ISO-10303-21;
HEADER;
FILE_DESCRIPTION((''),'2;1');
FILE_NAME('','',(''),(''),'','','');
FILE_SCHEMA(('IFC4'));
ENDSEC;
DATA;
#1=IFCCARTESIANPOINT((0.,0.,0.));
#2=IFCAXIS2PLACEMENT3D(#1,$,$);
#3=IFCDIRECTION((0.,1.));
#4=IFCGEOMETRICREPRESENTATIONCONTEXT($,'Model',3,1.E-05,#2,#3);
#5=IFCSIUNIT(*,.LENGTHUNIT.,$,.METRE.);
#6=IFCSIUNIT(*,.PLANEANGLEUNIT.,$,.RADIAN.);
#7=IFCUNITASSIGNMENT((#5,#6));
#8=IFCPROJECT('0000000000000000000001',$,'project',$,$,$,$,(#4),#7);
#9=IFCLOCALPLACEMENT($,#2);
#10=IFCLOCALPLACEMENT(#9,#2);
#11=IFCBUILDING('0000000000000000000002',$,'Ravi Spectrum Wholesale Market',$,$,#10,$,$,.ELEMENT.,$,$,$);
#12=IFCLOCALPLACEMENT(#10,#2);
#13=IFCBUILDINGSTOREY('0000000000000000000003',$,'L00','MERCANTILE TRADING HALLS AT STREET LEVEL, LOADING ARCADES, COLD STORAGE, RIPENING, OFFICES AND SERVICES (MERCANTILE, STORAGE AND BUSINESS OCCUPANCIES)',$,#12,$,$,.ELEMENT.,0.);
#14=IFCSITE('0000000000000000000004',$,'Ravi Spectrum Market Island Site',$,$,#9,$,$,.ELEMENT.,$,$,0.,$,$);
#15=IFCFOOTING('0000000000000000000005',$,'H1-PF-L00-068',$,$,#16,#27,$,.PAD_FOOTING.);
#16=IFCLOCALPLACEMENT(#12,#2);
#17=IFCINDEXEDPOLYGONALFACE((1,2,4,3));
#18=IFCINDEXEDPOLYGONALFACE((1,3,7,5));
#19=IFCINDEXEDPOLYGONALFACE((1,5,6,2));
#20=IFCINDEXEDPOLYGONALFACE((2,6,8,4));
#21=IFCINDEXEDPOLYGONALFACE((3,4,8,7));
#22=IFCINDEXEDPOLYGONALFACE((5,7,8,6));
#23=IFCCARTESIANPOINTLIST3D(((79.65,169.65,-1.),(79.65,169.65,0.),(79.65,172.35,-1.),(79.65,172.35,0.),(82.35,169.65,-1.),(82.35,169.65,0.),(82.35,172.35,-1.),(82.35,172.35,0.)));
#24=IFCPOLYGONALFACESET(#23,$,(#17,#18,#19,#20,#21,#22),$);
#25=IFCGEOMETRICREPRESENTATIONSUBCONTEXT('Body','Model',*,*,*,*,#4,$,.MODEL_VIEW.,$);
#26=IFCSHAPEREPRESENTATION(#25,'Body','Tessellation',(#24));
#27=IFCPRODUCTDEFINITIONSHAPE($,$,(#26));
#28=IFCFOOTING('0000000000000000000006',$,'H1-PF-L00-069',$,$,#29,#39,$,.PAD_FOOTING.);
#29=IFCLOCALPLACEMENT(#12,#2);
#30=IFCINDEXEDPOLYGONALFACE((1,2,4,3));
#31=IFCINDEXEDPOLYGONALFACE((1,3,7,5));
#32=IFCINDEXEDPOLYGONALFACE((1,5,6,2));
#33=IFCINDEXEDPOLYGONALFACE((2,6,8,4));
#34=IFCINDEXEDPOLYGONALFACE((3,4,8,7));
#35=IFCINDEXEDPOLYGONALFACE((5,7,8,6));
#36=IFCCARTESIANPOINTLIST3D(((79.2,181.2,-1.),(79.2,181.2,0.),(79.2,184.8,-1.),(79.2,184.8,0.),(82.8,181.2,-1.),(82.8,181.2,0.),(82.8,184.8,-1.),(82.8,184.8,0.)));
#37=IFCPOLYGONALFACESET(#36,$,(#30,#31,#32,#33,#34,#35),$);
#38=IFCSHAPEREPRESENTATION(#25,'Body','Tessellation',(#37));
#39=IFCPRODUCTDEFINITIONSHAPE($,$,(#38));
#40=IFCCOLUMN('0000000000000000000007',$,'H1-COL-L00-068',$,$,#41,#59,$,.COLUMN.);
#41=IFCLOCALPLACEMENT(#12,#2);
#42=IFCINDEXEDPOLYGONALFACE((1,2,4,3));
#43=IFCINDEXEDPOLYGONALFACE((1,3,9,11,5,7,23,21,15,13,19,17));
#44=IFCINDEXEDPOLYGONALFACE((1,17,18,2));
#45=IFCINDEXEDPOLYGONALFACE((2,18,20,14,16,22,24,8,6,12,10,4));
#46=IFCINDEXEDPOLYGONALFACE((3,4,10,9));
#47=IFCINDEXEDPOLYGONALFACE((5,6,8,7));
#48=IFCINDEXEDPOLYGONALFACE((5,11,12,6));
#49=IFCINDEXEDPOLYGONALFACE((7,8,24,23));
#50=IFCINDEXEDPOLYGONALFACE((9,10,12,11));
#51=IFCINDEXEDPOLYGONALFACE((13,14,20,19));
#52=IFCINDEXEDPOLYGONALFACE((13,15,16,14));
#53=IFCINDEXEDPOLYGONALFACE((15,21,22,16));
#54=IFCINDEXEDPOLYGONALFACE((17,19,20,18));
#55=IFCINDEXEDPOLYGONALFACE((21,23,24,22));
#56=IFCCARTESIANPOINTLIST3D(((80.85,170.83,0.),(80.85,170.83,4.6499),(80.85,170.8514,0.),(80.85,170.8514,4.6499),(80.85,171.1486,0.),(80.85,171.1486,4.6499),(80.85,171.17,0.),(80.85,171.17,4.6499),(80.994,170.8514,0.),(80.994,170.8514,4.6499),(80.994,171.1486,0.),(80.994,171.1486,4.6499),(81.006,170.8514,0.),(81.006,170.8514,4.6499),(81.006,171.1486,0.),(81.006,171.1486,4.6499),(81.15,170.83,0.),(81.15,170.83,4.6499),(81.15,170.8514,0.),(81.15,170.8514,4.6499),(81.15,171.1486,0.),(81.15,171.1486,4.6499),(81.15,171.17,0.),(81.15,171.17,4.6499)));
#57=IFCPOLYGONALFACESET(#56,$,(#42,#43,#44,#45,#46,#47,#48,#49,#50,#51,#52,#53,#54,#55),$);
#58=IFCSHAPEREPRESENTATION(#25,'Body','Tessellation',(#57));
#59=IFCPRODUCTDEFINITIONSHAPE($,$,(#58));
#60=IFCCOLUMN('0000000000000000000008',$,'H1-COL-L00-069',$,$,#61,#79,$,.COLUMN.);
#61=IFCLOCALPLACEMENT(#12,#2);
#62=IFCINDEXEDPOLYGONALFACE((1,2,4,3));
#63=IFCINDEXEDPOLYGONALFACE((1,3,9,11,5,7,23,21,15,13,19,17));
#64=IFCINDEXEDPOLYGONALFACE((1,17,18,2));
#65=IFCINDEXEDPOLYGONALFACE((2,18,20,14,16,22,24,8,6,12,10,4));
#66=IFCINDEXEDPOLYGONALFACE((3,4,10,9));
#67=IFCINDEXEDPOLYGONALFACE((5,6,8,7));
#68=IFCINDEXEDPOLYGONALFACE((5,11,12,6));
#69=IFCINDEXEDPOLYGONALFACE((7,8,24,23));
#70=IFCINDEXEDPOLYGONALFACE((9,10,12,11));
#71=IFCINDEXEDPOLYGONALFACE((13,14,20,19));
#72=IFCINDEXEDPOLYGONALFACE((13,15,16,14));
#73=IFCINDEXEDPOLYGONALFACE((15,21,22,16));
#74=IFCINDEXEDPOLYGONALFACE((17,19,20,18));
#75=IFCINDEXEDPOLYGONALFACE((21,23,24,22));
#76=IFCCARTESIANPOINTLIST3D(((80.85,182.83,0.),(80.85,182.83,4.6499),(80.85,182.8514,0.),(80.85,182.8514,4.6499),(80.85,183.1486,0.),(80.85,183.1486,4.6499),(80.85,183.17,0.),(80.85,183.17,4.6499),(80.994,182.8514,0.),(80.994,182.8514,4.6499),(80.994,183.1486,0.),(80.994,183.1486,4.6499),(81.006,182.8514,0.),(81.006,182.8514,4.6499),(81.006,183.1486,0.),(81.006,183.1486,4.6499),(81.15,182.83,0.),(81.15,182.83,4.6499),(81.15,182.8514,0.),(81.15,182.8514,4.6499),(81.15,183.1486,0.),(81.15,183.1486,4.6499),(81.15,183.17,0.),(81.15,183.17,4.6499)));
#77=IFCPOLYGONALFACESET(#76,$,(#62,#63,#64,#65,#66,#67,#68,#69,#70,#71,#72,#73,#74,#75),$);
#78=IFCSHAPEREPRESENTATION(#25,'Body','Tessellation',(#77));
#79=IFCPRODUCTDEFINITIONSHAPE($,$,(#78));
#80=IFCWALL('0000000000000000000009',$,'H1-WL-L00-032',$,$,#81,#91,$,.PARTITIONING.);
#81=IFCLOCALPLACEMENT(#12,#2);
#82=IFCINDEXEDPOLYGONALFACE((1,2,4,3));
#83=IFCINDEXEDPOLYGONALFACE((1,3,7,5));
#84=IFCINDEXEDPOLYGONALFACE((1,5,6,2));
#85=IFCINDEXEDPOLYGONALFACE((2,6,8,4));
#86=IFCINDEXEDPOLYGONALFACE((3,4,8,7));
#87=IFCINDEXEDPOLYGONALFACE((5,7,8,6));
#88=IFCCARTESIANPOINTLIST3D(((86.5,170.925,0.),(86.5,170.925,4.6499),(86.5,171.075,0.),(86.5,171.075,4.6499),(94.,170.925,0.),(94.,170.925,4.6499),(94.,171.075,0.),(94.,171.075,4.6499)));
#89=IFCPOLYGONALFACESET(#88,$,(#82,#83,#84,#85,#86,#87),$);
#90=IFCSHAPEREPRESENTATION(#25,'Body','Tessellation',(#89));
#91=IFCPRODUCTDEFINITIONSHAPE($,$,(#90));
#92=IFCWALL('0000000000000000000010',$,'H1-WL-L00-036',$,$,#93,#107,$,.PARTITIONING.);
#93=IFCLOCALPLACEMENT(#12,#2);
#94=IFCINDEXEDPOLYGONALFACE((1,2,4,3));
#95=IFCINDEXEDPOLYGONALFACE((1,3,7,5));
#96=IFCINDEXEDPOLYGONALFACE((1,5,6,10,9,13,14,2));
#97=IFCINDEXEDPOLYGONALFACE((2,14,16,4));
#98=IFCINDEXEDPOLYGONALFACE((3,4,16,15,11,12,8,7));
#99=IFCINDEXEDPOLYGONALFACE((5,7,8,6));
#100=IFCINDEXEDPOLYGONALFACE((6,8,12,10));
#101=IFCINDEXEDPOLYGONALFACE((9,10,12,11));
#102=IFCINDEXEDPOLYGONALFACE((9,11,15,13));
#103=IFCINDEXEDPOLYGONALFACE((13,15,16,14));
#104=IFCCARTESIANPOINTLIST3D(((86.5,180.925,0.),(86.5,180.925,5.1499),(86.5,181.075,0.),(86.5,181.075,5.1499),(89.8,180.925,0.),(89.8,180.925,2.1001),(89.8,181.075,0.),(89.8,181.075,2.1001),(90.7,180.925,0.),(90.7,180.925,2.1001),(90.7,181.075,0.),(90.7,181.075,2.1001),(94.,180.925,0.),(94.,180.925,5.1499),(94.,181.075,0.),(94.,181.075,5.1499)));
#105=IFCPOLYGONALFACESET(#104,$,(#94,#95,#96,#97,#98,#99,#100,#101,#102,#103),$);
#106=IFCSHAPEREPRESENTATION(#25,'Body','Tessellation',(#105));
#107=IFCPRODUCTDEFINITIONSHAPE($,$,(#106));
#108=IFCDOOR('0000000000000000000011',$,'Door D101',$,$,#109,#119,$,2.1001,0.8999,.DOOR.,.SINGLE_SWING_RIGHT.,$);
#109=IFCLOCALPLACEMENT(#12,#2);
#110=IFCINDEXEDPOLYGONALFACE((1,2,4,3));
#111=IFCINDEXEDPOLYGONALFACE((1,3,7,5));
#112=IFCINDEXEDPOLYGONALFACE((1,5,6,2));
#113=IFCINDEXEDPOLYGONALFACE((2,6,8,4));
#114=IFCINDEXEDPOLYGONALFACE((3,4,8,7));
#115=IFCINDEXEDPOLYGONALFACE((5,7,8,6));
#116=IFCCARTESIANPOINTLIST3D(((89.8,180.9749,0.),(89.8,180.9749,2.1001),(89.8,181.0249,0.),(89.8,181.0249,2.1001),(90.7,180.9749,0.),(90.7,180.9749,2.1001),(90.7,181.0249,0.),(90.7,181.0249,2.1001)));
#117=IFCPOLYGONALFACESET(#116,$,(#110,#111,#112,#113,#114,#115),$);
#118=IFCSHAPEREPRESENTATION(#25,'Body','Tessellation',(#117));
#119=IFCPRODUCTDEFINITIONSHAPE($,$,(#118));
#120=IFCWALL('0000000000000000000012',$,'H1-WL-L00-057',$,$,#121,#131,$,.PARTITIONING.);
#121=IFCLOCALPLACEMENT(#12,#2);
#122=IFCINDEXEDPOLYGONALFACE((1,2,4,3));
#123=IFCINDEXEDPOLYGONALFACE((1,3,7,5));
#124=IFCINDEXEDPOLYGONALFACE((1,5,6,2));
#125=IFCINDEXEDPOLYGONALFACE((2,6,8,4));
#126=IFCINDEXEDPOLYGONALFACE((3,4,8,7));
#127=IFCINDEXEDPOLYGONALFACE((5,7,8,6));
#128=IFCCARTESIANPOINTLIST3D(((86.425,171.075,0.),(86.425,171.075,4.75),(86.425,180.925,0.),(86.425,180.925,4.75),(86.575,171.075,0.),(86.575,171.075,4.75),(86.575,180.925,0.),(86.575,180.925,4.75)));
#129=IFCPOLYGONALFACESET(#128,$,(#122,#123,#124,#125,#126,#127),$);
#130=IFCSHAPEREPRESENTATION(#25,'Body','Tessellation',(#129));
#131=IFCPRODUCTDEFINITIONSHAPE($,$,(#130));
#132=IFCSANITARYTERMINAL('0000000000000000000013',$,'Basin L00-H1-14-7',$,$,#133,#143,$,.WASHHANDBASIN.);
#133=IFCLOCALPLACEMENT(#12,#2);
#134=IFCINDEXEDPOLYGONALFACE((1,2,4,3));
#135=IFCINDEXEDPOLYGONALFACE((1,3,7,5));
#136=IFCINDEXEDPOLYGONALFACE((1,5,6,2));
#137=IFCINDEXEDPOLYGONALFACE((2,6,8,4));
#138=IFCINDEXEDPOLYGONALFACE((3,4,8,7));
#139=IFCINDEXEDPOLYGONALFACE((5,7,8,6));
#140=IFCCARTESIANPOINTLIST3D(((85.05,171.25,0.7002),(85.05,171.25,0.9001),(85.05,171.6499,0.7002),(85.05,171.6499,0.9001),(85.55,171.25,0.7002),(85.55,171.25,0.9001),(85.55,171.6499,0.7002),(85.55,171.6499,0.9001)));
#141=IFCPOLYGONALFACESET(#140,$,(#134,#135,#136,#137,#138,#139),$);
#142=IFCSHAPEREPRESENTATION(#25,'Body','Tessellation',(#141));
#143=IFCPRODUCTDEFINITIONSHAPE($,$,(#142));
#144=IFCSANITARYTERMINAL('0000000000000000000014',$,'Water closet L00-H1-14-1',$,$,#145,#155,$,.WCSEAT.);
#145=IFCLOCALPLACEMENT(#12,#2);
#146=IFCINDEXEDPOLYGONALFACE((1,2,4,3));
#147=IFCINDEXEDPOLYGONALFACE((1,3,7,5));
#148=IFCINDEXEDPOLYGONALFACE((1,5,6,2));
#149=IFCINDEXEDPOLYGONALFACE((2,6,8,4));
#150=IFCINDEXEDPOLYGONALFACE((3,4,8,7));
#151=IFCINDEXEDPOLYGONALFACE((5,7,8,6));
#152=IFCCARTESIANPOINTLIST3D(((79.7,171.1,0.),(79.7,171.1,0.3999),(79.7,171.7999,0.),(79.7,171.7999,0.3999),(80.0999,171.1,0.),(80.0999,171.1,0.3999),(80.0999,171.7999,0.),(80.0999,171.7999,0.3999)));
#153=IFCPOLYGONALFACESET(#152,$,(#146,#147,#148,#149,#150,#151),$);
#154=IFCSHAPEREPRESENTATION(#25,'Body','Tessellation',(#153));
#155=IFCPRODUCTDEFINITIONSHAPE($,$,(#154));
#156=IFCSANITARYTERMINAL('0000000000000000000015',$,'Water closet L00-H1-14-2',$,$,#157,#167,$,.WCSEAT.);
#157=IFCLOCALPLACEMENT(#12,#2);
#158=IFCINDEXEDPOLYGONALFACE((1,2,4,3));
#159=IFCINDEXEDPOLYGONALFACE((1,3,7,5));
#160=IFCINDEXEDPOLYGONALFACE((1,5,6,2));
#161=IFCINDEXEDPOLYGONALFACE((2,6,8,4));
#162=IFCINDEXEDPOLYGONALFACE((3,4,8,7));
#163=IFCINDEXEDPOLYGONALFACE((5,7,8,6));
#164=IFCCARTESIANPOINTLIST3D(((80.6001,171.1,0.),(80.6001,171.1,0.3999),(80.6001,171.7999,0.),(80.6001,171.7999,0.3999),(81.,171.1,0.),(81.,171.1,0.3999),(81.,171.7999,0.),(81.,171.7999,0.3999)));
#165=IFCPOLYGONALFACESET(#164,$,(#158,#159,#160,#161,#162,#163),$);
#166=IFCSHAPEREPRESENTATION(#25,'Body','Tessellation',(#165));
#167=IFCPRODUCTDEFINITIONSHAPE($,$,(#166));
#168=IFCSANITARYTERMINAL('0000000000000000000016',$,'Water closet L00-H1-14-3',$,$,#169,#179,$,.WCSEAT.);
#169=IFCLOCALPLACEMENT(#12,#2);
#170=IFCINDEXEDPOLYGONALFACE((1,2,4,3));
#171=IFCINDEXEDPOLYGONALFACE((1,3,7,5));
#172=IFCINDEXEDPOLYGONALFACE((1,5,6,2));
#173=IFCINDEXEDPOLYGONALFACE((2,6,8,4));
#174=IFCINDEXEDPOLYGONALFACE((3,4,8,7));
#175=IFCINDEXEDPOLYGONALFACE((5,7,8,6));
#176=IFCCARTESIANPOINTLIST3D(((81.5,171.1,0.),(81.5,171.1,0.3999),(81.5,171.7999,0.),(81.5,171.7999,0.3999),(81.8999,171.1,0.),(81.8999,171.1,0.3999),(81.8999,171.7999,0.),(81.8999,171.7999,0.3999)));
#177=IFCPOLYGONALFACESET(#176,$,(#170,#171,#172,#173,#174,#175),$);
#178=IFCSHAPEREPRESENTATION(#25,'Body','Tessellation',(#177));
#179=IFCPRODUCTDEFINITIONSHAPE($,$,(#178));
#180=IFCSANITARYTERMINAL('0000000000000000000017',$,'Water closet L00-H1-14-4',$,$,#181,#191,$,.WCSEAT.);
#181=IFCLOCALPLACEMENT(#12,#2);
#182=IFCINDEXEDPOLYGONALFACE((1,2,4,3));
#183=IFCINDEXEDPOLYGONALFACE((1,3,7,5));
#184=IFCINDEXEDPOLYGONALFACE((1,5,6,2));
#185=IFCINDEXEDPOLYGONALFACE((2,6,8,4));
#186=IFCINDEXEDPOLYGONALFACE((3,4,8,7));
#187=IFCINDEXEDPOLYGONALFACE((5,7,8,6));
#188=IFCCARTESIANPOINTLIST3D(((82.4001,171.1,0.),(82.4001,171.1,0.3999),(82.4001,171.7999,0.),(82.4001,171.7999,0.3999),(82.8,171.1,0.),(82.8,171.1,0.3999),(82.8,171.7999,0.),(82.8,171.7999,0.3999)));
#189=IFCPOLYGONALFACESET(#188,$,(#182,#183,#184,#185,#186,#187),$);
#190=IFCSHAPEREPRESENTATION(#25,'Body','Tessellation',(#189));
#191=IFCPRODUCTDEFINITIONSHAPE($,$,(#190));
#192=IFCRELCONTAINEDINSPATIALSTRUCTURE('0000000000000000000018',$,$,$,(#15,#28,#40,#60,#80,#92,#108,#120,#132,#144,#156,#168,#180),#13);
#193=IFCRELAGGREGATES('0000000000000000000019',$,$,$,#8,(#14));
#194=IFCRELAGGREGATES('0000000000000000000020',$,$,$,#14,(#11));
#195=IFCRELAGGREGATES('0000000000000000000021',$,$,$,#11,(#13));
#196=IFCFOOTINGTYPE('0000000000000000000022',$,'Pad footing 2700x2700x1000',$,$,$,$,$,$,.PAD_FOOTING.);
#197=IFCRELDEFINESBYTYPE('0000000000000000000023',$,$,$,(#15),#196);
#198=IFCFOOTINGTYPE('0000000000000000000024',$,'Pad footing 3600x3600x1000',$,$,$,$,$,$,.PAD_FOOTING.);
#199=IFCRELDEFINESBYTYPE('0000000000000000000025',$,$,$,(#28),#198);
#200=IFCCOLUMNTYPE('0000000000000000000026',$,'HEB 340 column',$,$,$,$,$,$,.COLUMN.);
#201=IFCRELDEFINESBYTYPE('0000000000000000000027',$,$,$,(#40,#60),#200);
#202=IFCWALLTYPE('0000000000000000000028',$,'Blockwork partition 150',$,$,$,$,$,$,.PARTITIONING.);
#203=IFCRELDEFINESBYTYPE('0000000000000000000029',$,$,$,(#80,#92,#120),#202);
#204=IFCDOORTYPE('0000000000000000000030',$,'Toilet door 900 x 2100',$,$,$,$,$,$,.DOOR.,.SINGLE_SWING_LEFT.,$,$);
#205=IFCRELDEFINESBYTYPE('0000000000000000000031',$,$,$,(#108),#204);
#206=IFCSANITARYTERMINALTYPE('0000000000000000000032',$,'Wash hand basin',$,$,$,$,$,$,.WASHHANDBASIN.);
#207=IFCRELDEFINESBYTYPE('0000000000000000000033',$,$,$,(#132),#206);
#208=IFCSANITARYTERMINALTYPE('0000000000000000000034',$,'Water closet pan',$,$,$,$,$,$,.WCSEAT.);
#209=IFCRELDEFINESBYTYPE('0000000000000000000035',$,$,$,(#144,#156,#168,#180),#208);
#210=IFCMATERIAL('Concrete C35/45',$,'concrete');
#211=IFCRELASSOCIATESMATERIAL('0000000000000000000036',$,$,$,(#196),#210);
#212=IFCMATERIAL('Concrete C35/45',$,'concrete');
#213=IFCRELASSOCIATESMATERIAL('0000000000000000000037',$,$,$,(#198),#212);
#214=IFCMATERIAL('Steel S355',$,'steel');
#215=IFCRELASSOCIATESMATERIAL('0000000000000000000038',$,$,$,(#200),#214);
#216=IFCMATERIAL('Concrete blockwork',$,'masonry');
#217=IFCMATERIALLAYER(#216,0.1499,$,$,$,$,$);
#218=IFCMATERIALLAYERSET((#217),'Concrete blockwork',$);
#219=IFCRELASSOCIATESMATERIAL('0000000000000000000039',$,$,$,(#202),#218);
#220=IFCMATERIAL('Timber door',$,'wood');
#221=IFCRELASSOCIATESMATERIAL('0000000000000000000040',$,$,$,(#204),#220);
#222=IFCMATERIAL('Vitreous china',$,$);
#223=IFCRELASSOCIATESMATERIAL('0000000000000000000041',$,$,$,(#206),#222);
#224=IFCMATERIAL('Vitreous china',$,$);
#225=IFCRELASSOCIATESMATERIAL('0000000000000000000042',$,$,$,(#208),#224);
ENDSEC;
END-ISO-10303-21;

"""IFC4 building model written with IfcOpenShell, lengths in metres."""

from ifc_helpers import new_model, si_unit, direction, frame, frame_2d, origin, origin_2d, place, context, subcontext, project, spatial, rectangle, i_section, extrude, material, layer, layer_set, material_profile, profile_set, type_object, element, fill, save


model = new_model("IFC4")

# Units and contexts
model_context = context("Model", 3, precision=1e-05, world=origin(), true_north=direction((0.0, 1.0)))
body_context = subcontext(model_context, "Body", "Model", "MODEL_VIEW")
ifc_project = project(units=[si_unit("LENGTHUNIT", "METRE"), si_unit("PLANEANGLEUNIT", "RADIAN")], contexts=[model_context])

# Site, building, storey
site_placement = place(None, origin())
site = spatial("IfcSite", under=ifc_project, at=site_placement, Name="Ravi Spectrum Market Island Site", CompositionType="ELEMENT", RefElevation=0.0)
building_placement = place(site_placement, origin())
building = spatial("IfcBuilding", under=site, at=building_placement, Name="Ravi Spectrum Wholesale Market", CompositionType="ELEMENT")
storey_placement = place(building_placement, origin())
storey = spatial("IfcBuildingStorey", under=building, at=storey_placement, Name="L00", Description="MERCANTILE TRADING HALLS AT STREET LEVEL, LOADING ARCADES, COLD STORAGE, RIPENING, OFFICES AND SERVICES (MERCANTILE, STORAGE AND BUSINESS OCCUPANCIES)", CompositionType="ELEMENT", Elevation=0.0)

# Footings
ifc_material_1 = material(Name="Concrete C35/45", Category="concrete")
footing_type_1 = type_object("IfcFootingType", Name="Pad footing 2700x2700x1000", PredefinedType="PAD_FOOTING", material=ifc_material_1)
footing_1_placement = place(storey_placement, frame((81.0, 171.0, -1.0), z_axis=(0.0, 0.0, 1.0), x_axis=(1.0, 0.0, 0.0)))
element("IfcFooting", 1, at=footing_1_placement, inside=storey, type_object=footing_type_1, Name="H1-PF-L00-068", PredefinedType="PAD_FOOTING", context=body_context, shape_type="SweptSolid", body=[
    extrude(rectangle(XDim=2.7, YDim=2.7, at=origin_2d()), origin(), (0.0, 0.0, 1.0), 1.0),
])
ifc_material_2 = material(Name="Concrete C35/45", Category="concrete")
footing_type_2 = type_object("IfcFootingType", Name="Pad footing 3600x3600x1000", PredefinedType="PAD_FOOTING", material=ifc_material_2)
footing_2_placement = place(storey_placement, frame((81.0, 183.0, -1.0), z_axis=(0.0, 0.0, 1.0), x_axis=(1.0, 0.0, 0.0)))
element("IfcFooting", 2, at=footing_2_placement, inside=storey, type_object=footing_type_2, Name="H1-PF-L00-069", PredefinedType="PAD_FOOTING", context=body_context, shape_type="SweptSolid", body=[
    extrude(rectangle(XDim=3.6001, YDim=3.6001, at=origin_2d()), origin(), (0.0, 0.0, 1.0), 1.0),
])

# Columns
ifc_material_3 = material(Name="Steel S355", Category="steel")
ifc_material_profile = material_profile(ifc_material_3, i_section(OverallWidth=0.3, OverallDepth=0.3401, WebThickness=0.012, FlangeThickness=0.0215, at=origin_2d()))
ifc_profile_set = profile_set([ifc_material_profile], Name="Steel S355")
column_type = type_object("IfcColumnType", Name="HEB 340 column", PredefinedType="COLUMN", material=ifc_profile_set)
for number, where, z_axis, x_axis, name in (
    (3, (81.0, 171.0, 0.0), (0.0, 0.0, 1.0), (1.0, 0.0, 0.0), "H1-COL-L00-068"),
    (4, (81.0, 183.0, 0.0), (0.0, 0.0, 1.0), (1.0, 0.0, 0.0), "H1-COL-L00-069"),
):
    element("IfcColumn", number, at=place(storey_placement, frame(where, z_axis=z_axis, x_axis=x_axis)), inside=storey, type_object=column_type, Name=name, PredefinedType="COLUMN", context=body_context, shape_type="SweptSolid", body=[
        extrude(i_section(OverallWidth=0.3, OverallDepth=0.3401, WebThickness=0.012, FlangeThickness=0.0215, at=origin_2d()), origin(), (0.0, 0.0, 1.0), 4.6499),
    ])

# Wall
ifc_material_4 = material(Name="Concrete blockwork", Category="masonry")
ifc_layer = layer(ifc_material_4, 0.1499)
ifc_layer_set = layer_set([ifc_layer], Name="Concrete blockwork")
wall_type = type_object("IfcWallType", Name="Blockwork partition 150", PredefinedType="PARTITIONING", material=ifc_layer_set)
wall_1_placement = place(storey_placement, frame((86.5, 171.0, 0.0), z_axis=(0.0, 0.0, 1.0), x_axis=(1.0, 0.0, 0.0)))
element("IfcWall", 5, at=wall_1_placement, inside=storey, type_object=wall_type, Name="H1-WL-L00-032", PredefinedType="PARTITIONING", context=body_context, shape_type="SweptSolid", body=[
    extrude(rectangle(XDim=7.5, YDim=0.1499, at=frame_2d((3.75, 0.0))), origin(), (0.0, 0.0, 1.0), 4.6499),
])

# Wall, opening, door
wall_2_placement = place(storey_placement, frame((86.5, 181.0, 0.0), z_axis=(0.0, 0.0, 1.0), x_axis=(1.0, 0.0, 0.0)))
wall_2 = element("IfcWall", 6, at=wall_2_placement, inside=storey, type_object=wall_type, Name="H1-WL-L00-036", PredefinedType="PARTITIONING", context=body_context, shape_type="SweptSolid", body=[
    extrude(rectangle(XDim=7.5, YDim=0.1499, at=frame_2d((3.75, 0.0))), origin(), (0.0, 0.0, 1.0), 5.1499),
])
opening_placement = place(wall_2_placement, frame((3.3, 0.0, 0.0)))
opening = element("IfcOpeningElement", 7, at=opening_placement, cuts=wall_2, PredefinedType="OPENING", context=body_context, shape_type="SweptSolid", body=[
    extrude(rectangle(XDim=0.8999, YDim=2.1001, at=frame_2d((0.45, 1.05))), frame((0.0, 0.085, 0.0), z_axis=(0.0, -1.0, 0.0), x_axis=(1.0, 0.0, 0.0)), (0.0, 0.0, 1.0), 0.1699),
])
ifc_material_5 = material(Name="Timber door", Category="wood")
door_type = type_object("IfcDoorType", Name="Toilet door 900 x 2100", OperationType="SINGLE_SWING_LEFT", PredefinedType="DOOR", material=ifc_material_5)
door_placement = place(opening_placement, origin())
door = element("IfcDoor", 8, at=door_placement, inside=storey, type_object=door_type, Name="Door D101", OperationType="SINGLE_SWING_RIGHT", OverallHeight=2.1001, OverallWidth=0.8999, PredefinedType="DOOR", context=body_context, shape_type="SweptSolid", body=[
    extrude(rectangle(XDim=0.8999, YDim=2.1001, at=frame_2d((0.45, 1.05))), frame((0.0, 0.0249, 0.0), z_axis=(0.0, -1.0, 0.0), x_axis=(1.0, 0.0, 0.0)), (0.0, 0.0, 1.0), 0.05),
])
fill(opening, door)

# Wall
wall_3_placement = place(storey_placement, frame((86.5, 171.075, 0.0), z_axis=(0.0, 0.0, 1.0), x_axis=(0.0, 1.0, 0.0)))
element("IfcWall", 9, at=wall_3_placement, inside=storey, type_object=wall_type, Name="H1-WL-L00-057", PredefinedType="PARTITIONING", context=body_context, shape_type="SweptSolid", body=[
    extrude(rectangle(XDim=9.8501, YDim=0.1499, at=frame_2d((4.925, 0.0))), origin(), (0.0, 0.0, 1.0), 4.75),
])

# Sanitary terminals
ifc_material_6 = material(Name="Vitreous china")
sanitary_terminal_type_1 = type_object("IfcSanitaryTerminalType", Name="Wash hand basin", PredefinedType="WASHHANDBASIN", material=ifc_material_6)
sanitary_terminal_placement = place(storey_placement, frame((85.3, 171.45, 0.7002), z_axis=(0.0, 0.0, 1.0), x_axis=(1.0, 0.0, 0.0)))
element("IfcSanitaryTerminal", 10, at=sanitary_terminal_placement, inside=storey, type_object=sanitary_terminal_type_1, Name="Basin L00-H1-14-7", PredefinedType="WASHHANDBASIN", context=body_context, shape_type="SweptSolid", body=[
    extrude(rectangle(XDim=0.5, YDim=0.3999, at=origin_2d()), origin(), (0.0, 0.0, 1.0), 0.2),
])
ifc_material_7 = material(Name="Vitreous china")
sanitary_terminal_type_2 = type_object("IfcSanitaryTerminalType", Name="Water closet pan", PredefinedType="WCSEAT", material=ifc_material_7)
for number, where, z_axis, x_axis, name in (
    (11, (79.8999, 171.45, 0.0), (0.0, 0.0, 1.0), (1.0, 0.0, 0.0), "Water closet L00-H1-14-1"),
    (12, (80.8, 171.45, 0.0), (0.0, 0.0, 1.0), (1.0, 0.0, 0.0), "Water closet L00-H1-14-2"),
    (13, (81.7, 171.45, 0.0), (0.0, 0.0, 1.0), (1.0, 0.0, 0.0), "Water closet L00-H1-14-3"),
    (14, (82.6001, 171.45, 0.0), (0.0, 0.0, 1.0), (1.0, 0.0, 0.0), "Water closet L00-H1-14-4"),
):
    element("IfcSanitaryTerminal", number, at=place(storey_placement, frame(where, z_axis=z_axis, x_axis=x_axis)), inside=storey, type_object=sanitary_terminal_type_2, Name=name, PredefinedType="WCSEAT", context=body_context, shape_type="SweptSolid", body=[
        extrude(rectangle(XDim=0.3999, YDim=0.7, at=origin_2d()), origin(), (0.0, 0.0, 1.0), 0.3999),
    ])

save(model, "model.ifc")
